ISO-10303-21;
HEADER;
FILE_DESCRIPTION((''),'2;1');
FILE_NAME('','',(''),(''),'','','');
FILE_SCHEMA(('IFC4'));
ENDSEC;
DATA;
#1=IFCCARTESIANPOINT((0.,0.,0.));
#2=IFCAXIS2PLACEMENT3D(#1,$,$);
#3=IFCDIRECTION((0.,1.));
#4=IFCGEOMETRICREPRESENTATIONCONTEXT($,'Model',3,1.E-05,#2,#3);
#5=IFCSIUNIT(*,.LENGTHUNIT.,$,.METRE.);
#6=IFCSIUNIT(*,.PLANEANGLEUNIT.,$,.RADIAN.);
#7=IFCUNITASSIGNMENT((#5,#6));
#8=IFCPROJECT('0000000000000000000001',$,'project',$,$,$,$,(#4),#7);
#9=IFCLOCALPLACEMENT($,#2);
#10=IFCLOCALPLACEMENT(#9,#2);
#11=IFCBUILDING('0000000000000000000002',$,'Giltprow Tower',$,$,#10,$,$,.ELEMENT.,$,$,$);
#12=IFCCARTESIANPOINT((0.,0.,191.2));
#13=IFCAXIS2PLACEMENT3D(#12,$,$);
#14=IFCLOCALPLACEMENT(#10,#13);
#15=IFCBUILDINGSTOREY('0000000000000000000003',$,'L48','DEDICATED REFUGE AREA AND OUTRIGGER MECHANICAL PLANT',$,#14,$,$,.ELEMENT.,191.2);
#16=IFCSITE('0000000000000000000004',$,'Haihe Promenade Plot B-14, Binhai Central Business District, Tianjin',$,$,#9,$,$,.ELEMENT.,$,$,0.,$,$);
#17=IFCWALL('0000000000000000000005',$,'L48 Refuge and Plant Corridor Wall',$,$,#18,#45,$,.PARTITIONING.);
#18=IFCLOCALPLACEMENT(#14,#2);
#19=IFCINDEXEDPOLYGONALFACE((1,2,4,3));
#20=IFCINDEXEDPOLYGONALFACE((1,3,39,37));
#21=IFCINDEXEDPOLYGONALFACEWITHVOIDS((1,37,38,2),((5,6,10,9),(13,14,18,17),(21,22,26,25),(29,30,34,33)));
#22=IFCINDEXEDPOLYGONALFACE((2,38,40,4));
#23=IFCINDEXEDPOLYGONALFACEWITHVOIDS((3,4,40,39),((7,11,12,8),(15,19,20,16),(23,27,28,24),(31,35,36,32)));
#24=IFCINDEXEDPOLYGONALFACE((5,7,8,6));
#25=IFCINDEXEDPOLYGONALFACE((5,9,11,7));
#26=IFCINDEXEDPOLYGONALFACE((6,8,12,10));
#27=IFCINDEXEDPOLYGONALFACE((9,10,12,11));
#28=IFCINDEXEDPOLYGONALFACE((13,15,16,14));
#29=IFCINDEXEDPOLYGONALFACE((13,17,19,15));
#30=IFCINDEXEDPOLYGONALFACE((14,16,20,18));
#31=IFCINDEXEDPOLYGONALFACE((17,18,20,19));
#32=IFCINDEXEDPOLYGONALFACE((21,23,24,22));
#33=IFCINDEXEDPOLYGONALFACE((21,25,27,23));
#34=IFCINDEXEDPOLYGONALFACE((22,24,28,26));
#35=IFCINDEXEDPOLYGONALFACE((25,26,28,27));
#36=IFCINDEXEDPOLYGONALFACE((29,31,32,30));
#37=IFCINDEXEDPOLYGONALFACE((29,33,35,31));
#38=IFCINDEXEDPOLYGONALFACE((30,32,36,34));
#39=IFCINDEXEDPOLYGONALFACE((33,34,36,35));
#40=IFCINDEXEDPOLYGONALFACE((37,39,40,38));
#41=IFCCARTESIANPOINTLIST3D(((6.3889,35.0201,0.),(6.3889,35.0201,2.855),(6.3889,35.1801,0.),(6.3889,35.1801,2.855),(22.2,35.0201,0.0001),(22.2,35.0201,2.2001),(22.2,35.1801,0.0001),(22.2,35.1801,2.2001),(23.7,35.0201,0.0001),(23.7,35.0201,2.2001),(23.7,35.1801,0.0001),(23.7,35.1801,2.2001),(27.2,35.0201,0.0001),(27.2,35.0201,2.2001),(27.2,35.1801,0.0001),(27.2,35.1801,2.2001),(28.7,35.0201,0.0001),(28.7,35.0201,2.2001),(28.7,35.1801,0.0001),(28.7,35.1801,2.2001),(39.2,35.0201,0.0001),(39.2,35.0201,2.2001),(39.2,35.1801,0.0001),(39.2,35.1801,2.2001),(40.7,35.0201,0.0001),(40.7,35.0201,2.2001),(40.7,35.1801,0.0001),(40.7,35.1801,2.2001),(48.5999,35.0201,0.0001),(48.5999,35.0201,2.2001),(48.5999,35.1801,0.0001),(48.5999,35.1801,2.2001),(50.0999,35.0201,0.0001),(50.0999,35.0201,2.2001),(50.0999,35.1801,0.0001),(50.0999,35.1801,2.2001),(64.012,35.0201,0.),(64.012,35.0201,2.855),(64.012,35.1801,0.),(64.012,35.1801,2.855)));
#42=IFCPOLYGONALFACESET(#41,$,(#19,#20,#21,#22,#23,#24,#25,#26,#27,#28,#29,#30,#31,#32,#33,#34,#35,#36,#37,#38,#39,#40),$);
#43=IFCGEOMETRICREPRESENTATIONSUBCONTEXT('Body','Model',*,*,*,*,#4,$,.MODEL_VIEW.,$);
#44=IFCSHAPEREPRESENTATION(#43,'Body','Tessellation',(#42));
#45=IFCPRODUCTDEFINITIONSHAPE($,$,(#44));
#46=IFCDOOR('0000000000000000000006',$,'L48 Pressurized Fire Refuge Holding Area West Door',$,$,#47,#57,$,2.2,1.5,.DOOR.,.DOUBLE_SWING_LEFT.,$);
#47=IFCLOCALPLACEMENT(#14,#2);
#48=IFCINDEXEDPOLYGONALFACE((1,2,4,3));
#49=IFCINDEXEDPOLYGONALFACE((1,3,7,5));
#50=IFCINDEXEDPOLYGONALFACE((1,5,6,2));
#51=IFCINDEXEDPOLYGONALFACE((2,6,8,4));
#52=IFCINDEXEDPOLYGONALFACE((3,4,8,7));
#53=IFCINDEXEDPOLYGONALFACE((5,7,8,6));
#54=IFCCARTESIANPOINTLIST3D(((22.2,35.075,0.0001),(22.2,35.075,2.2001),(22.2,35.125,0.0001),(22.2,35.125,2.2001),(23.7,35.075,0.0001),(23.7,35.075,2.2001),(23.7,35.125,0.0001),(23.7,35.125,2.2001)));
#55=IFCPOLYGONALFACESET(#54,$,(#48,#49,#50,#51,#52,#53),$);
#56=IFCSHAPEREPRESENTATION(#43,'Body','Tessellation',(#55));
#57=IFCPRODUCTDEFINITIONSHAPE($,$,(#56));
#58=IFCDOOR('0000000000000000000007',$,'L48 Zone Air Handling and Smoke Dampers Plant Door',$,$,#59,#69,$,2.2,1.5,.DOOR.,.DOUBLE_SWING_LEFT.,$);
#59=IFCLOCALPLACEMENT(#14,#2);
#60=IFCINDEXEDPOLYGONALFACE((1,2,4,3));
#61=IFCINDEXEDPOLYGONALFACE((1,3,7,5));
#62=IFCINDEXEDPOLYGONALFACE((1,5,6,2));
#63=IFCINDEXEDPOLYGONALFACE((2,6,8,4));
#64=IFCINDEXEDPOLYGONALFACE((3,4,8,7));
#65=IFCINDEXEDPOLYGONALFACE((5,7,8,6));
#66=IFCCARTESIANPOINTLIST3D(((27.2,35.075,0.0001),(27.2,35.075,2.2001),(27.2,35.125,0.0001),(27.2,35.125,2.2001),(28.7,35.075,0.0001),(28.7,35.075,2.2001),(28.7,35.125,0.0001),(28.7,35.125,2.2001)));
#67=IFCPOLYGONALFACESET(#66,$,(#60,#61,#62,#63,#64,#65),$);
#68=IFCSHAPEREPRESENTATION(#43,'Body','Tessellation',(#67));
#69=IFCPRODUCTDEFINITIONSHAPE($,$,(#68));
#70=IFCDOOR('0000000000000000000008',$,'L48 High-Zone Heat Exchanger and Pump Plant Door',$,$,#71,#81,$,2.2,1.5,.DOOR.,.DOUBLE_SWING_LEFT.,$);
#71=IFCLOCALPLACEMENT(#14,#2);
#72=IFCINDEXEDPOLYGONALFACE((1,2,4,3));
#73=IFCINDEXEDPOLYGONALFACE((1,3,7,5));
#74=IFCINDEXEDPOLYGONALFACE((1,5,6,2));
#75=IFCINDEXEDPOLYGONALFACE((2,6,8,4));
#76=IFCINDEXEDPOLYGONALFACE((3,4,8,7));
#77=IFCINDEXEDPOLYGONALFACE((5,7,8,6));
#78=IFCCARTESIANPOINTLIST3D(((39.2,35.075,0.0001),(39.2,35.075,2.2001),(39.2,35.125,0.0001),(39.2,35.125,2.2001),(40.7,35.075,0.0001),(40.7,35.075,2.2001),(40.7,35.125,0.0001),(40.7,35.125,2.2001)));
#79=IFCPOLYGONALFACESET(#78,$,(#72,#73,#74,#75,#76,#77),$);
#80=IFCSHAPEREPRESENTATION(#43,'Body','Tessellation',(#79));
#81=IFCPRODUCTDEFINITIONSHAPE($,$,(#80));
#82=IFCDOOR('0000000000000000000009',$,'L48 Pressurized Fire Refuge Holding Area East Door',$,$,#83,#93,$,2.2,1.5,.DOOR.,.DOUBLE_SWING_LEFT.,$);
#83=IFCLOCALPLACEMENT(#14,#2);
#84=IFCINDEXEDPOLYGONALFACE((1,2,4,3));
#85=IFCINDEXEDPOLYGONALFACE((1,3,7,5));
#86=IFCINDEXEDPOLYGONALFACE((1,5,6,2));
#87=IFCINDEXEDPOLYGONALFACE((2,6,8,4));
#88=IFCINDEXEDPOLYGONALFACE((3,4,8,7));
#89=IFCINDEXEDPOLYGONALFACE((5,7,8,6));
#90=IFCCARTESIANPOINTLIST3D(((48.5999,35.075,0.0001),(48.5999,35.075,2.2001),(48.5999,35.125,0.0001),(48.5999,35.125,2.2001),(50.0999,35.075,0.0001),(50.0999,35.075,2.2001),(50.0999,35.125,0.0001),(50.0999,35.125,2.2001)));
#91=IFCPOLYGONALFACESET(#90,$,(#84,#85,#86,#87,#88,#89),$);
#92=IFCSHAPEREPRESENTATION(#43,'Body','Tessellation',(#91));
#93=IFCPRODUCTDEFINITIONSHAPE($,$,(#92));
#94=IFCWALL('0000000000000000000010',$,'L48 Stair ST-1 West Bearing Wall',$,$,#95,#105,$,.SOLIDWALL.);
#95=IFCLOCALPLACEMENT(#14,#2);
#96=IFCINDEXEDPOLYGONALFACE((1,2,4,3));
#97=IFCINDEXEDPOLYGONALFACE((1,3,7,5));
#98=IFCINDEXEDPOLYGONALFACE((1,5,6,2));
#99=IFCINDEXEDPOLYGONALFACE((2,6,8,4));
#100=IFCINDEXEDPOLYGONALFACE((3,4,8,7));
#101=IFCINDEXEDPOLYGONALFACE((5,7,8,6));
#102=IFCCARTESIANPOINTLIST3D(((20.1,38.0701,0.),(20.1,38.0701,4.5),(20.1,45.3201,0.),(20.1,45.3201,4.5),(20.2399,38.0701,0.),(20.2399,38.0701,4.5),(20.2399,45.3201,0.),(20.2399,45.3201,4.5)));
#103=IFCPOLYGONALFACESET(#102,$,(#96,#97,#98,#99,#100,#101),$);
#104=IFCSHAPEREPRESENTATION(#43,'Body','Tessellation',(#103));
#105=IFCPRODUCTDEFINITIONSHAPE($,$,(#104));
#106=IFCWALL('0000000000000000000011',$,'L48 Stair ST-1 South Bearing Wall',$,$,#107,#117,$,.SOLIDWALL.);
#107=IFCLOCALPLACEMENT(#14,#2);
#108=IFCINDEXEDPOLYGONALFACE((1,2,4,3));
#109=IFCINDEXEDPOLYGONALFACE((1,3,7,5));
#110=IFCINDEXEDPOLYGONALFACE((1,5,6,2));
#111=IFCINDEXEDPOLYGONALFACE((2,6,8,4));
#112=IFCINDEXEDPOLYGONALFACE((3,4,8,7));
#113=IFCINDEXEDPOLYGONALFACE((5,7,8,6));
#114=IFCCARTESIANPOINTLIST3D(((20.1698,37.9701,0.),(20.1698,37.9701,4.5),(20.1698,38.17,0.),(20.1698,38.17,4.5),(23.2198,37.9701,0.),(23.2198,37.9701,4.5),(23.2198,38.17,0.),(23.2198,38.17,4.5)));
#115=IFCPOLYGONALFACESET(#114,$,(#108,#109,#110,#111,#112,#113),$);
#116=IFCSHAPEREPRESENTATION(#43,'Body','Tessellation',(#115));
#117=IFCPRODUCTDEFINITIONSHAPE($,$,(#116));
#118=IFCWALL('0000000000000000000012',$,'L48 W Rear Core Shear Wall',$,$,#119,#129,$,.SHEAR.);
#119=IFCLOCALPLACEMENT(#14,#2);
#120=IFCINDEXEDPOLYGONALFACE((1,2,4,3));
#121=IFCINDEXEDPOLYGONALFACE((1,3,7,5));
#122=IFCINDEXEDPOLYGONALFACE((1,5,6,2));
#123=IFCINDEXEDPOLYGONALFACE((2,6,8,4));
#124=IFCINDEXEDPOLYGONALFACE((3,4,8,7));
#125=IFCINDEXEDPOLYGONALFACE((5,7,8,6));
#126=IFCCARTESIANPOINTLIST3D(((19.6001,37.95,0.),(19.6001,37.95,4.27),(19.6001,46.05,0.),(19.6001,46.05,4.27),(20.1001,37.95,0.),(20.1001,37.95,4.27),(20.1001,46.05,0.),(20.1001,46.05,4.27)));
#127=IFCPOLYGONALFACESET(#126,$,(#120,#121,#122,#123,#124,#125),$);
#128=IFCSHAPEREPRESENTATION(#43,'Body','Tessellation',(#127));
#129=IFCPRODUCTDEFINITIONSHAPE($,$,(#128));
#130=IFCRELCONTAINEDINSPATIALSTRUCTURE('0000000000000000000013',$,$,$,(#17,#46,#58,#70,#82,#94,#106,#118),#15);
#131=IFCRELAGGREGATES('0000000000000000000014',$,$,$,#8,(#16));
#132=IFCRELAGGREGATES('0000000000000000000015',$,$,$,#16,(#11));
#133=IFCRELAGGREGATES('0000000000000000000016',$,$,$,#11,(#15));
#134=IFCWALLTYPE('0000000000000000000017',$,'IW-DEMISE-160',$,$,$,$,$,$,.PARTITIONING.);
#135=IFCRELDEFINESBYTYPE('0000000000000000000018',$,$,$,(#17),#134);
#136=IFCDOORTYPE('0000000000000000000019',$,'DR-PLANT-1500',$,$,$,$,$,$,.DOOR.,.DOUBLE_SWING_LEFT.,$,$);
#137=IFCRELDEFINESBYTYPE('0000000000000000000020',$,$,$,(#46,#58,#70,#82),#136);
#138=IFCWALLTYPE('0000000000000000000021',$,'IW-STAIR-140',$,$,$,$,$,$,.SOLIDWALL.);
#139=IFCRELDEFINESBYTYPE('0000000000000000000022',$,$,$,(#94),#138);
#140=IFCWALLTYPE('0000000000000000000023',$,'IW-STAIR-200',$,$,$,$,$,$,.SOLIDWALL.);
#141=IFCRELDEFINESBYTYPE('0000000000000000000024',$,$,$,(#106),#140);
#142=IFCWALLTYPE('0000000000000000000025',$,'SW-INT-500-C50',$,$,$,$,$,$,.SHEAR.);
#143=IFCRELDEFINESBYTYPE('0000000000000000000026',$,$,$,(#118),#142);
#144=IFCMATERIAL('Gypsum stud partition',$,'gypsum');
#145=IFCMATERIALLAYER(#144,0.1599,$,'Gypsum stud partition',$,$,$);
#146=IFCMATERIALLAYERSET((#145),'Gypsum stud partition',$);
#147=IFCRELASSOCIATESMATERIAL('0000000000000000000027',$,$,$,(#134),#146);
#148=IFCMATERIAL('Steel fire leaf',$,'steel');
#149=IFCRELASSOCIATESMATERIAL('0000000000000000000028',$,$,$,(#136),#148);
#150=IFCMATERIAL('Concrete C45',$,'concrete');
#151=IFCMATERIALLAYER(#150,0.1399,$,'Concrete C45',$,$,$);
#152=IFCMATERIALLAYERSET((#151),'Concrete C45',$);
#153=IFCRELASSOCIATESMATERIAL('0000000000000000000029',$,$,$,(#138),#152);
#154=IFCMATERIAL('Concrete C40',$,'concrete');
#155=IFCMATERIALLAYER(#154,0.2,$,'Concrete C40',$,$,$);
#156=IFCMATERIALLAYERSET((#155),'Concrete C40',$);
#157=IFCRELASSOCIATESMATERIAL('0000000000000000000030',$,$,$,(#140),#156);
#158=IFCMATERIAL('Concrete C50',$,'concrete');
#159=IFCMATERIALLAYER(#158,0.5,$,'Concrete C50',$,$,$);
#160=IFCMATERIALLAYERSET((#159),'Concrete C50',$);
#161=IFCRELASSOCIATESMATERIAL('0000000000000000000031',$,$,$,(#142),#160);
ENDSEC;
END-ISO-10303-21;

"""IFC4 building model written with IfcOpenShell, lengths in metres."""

from ifc_helpers import new_model, si_unit, direction, frame, frame_2d, origin, place, context, subcontext, project, spatial, rectangle, extrude, source, transform, mapped, material, layer, layer_set, type_object, element, fill, save


model = new_model("IFC4")

# Units and contexts
model_context = context("Model", 3, precision=1e-05, world=origin(), true_north=direction((0.0, 1.0)))
body_context = subcontext(model_context, "Body", "Model", "MODEL_VIEW")
ifc_project = project(units=[si_unit("LENGTHUNIT", "METRE"), si_unit("PLANEANGLEUNIT", "RADIAN")], contexts=[model_context])

# Site, building, storey
site_placement = place(None, origin())
site = spatial("IfcSite", under=ifc_project, at=site_placement, Name="Haihe Promenade Plot B-14, Binhai Central Business District, Tianjin", CompositionType="ELEMENT", RefElevation=0.0)
building_placement = place(site_placement, origin())
building = spatial("IfcBuilding", under=site, at=building_placement, Name="Giltprow Tower", CompositionType="ELEMENT")
storey_placement = place(building_placement, frame((0.0, 0.0, 191.2)))
storey = spatial("IfcBuildingStorey", under=building, at=storey_placement, Name="L48", Description="DEDICATED REFUGE AREA AND OUTRIGGER MECHANICAL PLANT", CompositionType="ELEMENT", Elevation=191.2)

# Shared definitions
ifc_material_1 = material(Name="Concrete C50", Category="concrete")

# Wall, openings, doors
ifc_material_2 = material(Name="Gypsum stud partition", Category="gypsum")
ifc_layer_1 = layer(ifc_material_2, 0.1599, Name="Gypsum stud partition")
ifc_layer_set_1 = layer_set([ifc_layer_1], Name="Gypsum stud partition")
wall_type_1 = type_object("IfcWallType", Name="IW-DEMISE-160", PredefinedType="PARTITIONING", material=ifc_layer_set_1)
wall_1_placement = place(storey_placement, frame((6.3889, 35.1001, 0.0), z_axis=(0.0, 0.0, 1.0), x_axis=(1.0, 0.0, 0.0)))
wall_1 = element("IfcWall", 1, at=wall_1_placement, inside=storey, type_object=wall_type_1, Name="L48 Refuge and Plant Corridor Wall", PredefinedType="PARTITIONING", context=body_context, shape_type="SweptSolid", body=[
    extrude(rectangle(XDim=57.623, YDim=0.1599, at=frame_2d((28.8115, 0.0))), origin(), (0.0, 0.0, 1.0), 2.855),
])
opening_1_placement = place(wall_1_placement, frame((15.811, 0.0, 0.0)))
opening_1 = element("IfcOpeningElement", 2, at=opening_1_placement, cuts=wall_1, PredefinedType="OPENING", context=body_context, shape_type="SweptSolid", body=[
    extrude(rectangle(XDim=1.5, YDim=2.2, at=frame_2d((0.75, 1.1001))), frame((0.0, 0.0898, 0.0), z_axis=(0.0, -1.0, 0.0), x_axis=(1.0, 0.0, 0.0)), (0.0, 0.0, 1.0), 0.1799),
])
opening_2_placement = place(wall_1_placement, frame((20.811, 0.0, 0.0)))
opening_2 = element("IfcOpeningElement", 3, at=opening_2_placement, cuts=wall_1, PredefinedType="OPENING", context=body_context, shape_type="SweptSolid", body=[
    extrude(rectangle(XDim=1.5, YDim=2.2, at=frame_2d((0.75, 1.1001))), frame((0.0, 0.0898, 0.0), z_axis=(0.0, -1.0, 0.0), x_axis=(1.0, 0.0, 0.0)), (0.0, 0.0, 1.0), 0.1799),
])
opening_3_placement = place(wall_1_placement, frame((32.811, 0.0, 0.0)))
opening_3 = element("IfcOpeningElement", 4, at=opening_3_placement, cuts=wall_1, PredefinedType="OPENING", context=body_context, shape_type="SweptSolid", body=[
    extrude(rectangle(XDim=1.5, YDim=2.2, at=frame_2d((0.75, 1.1001))), frame((0.0, 0.0898, 0.0), z_axis=(0.0, -1.0, 0.0), x_axis=(1.0, 0.0, 0.0)), (0.0, 0.0, 1.0), 0.1799),
])
opening_4_placement = place(wall_1_placement, frame((42.2109, 0.0, 0.0)))
opening_4 = element("IfcOpeningElement", 5, at=opening_4_placement, cuts=wall_1, PredefinedType="OPENING", context=body_context, shape_type="SweptSolid", body=[
    extrude(rectangle(XDim=1.5, YDim=2.2, at=frame_2d((0.75, 1.1001))), frame((0.0, 0.0898, 0.0), z_axis=(0.0, -1.0, 0.0), x_axis=(1.0, 0.0, 0.0)), (0.0, 0.0, 1.0), 0.1799),
])
ifc_material_3 = material(Name="Steel fire leaf", Category="steel")
door_type_1 = type_object("IfcDoorType", Name="DR-PLANT-1500", OperationType="DOUBLE_SWING_LEFT", PredefinedType="DOOR", material=ifc_material_3)
shared_shape_1 = source(origin(), body_context, "Body", "SweptSolid", [
    extrude(rectangle(XDim=1.5, YDim=2.2, at=frame_2d((0.75, 1.1001))), frame((0.0, 0.0249, 0.0), z_axis=(0.0, -1.0, 0.0), x_axis=(1.0, 0.0, 0.0)), (0.0, 0.0, 1.0), 0.05),
])
door_1_placement = place(opening_1_placement, origin())
door_1 = element("IfcDoor", 6, at=door_1_placement, inside=storey, type_object=door_type_1, Name="L48 Pressurized Fire Refuge Holding Area West Door", OperationType="DOUBLE_SWING_LEFT", OverallHeight=2.2, OverallWidth=1.5, PredefinedType="DOOR", context=body_context, shape_type="MappedRepresentation", body=[
    mapped(shared_shape_1, transform((0.0, 0.0, 0.0), x_axis=(1.0, 0.0, 0.0), y_axis=(0.0, 1.0, 0.0), z_axis=(0.0, 0.0, 1.0), scale=1.0)),
])
fill(opening_1, door_1)
door_2_placement = place(opening_2_placement, origin())
door_2 = element("IfcDoor", 7, at=door_2_placement, inside=storey, type_object=door_type_1, Name="L48 Zone Air Handling and Smoke Dampers Plant Door", OperationType="DOUBLE_SWING_LEFT", OverallHeight=2.2, OverallWidth=1.5, PredefinedType="DOOR", context=body_context, shape_type="MappedRepresentation", body=[
    mapped(shared_shape_1, transform((0.0, 0.0, 0.0), x_axis=(1.0, 0.0, 0.0), y_axis=(0.0, 1.0, 0.0), z_axis=(0.0, 0.0, 1.0), scale=1.0)),
])
fill(opening_2, door_2)
door_3_placement = place(opening_3_placement, origin())
door_3 = element("IfcDoor", 8, at=door_3_placement, inside=storey, type_object=door_type_1, Name="L48 High-Zone Heat Exchanger and Pump Plant Door", OperationType="DOUBLE_SWING_LEFT", OverallHeight=2.2, OverallWidth=1.5, PredefinedType="DOOR", context=body_context, shape_type="MappedRepresentation", body=[
    mapped(shared_shape_1, transform((0.0, 0.0, 0.0), x_axis=(1.0, 0.0, 0.0), y_axis=(0.0, 1.0, 0.0), z_axis=(0.0, 0.0, 1.0), scale=1.0)),
])
fill(opening_3, door_3)
door_4_placement = place(opening_4_placement, origin())
door_4 = element("IfcDoor", 9, at=door_4_placement, inside=storey, type_object=door_type_1, Name="L48 Pressurized Fire Refuge Holding Area East Door", OperationType="DOUBLE_SWING_LEFT", OverallHeight=2.2, OverallWidth=1.5, PredefinedType="DOOR", context=body_context, shape_type="MappedRepresentation", body=[
    mapped(shared_shape_1, transform((0.0, 0.0, 0.0), x_axis=(1.0, 0.0, 0.0), y_axis=(0.0, 1.0, 0.0), z_axis=(0.0, 0.0, 1.0), scale=1.0)),
])
fill(opening_4, door_4)

# Walls
ifc_material_4 = material(Name="Concrete C45", Category="concrete")
ifc_layer_2 = layer(ifc_material_4, 0.1399, Name="Concrete C45")
ifc_layer_set_2 = layer_set([ifc_layer_2], Name="Concrete C45")
wall_type_2 = type_object("IfcWallType", Name="IW-STAIR-140", PredefinedType="SOLIDWALL", material=ifc_layer_set_2)
wall_2_placement = place(storey_placement, frame((20.1699, 38.0701, 0.0), z_axis=(0.0, 0.0, 1.0), x_axis=(0.0, 1.0, 0.0)))
element("IfcWall", 10, at=wall_2_placement, inside=storey, type_object=wall_type_2, Name="L48 Stair ST-1 West Bearing Wall", PredefinedType="SOLIDWALL", context=body_context, shape_type="SweptSolid", body=[
    extrude(rectangle(XDim=7.25, YDim=0.1399, at=frame_2d((3.625, 0.0))), origin(), (0.0, 0.0, 1.0), 4.5),
])
ifc_material_5 = material(Name="Concrete C40", Category="concrete")
ifc_layer_3 = layer(ifc_material_5, 0.2, Name="Concrete C40")
ifc_layer_set_3 = layer_set([ifc_layer_3], Name="Concrete C40")
wall_type_3 = type_object("IfcWallType", Name="IW-STAIR-200", PredefinedType="SOLIDWALL", material=ifc_layer_set_3)
wall_3_placement = place(storey_placement, frame((20.1699, 38.0701, 0.0), z_axis=(0.0, 0.0, 1.0), x_axis=(1.0, 0.0, 0.0)))
element("IfcWall", 11, at=wall_3_placement, inside=storey, type_object=wall_type_3, Name="L48 Stair ST-1 South Bearing Wall", PredefinedType="SOLIDWALL", context=body_context, shape_type="SweptSolid", body=[
    extrude(rectangle(XDim=3.05, YDim=0.2, at=frame_2d((1.5249, 0.0))), origin(), (0.0, 0.0, 1.0), 4.5),
])

# Shared definitions
ifc_layer_4 = layer(ifc_material_1, 0.5, Name="Concrete C50")
ifc_layer_set_4 = layer_set([ifc_layer_4], Name="Concrete C50")
wall_type_4 = type_object("IfcWallType", Name="SW-INT-500-C50", PredefinedType="SHEAR", material=ifc_layer_set_4)

# Wall
wall_4_placement = place(storey_placement, frame((19.8501, 37.95, 0.0), z_axis=(0.0, 0.0, 1.0), x_axis=(0.0, 1.0, 0.0)))
element("IfcWall", 12, at=wall_4_placement, inside=storey, type_object=wall_type_4, Name="L48 W Rear Core Shear Wall", PredefinedType="SHEAR", context=body_context, shape_type="SweptSolid", body=[
    extrude(rectangle(XDim=8.1001, YDim=0.5, at=frame_2d((4.05, 0.0))), origin(), (0.0, 0.0, 1.0), 4.27),
])

save(model, "model.ifc")
